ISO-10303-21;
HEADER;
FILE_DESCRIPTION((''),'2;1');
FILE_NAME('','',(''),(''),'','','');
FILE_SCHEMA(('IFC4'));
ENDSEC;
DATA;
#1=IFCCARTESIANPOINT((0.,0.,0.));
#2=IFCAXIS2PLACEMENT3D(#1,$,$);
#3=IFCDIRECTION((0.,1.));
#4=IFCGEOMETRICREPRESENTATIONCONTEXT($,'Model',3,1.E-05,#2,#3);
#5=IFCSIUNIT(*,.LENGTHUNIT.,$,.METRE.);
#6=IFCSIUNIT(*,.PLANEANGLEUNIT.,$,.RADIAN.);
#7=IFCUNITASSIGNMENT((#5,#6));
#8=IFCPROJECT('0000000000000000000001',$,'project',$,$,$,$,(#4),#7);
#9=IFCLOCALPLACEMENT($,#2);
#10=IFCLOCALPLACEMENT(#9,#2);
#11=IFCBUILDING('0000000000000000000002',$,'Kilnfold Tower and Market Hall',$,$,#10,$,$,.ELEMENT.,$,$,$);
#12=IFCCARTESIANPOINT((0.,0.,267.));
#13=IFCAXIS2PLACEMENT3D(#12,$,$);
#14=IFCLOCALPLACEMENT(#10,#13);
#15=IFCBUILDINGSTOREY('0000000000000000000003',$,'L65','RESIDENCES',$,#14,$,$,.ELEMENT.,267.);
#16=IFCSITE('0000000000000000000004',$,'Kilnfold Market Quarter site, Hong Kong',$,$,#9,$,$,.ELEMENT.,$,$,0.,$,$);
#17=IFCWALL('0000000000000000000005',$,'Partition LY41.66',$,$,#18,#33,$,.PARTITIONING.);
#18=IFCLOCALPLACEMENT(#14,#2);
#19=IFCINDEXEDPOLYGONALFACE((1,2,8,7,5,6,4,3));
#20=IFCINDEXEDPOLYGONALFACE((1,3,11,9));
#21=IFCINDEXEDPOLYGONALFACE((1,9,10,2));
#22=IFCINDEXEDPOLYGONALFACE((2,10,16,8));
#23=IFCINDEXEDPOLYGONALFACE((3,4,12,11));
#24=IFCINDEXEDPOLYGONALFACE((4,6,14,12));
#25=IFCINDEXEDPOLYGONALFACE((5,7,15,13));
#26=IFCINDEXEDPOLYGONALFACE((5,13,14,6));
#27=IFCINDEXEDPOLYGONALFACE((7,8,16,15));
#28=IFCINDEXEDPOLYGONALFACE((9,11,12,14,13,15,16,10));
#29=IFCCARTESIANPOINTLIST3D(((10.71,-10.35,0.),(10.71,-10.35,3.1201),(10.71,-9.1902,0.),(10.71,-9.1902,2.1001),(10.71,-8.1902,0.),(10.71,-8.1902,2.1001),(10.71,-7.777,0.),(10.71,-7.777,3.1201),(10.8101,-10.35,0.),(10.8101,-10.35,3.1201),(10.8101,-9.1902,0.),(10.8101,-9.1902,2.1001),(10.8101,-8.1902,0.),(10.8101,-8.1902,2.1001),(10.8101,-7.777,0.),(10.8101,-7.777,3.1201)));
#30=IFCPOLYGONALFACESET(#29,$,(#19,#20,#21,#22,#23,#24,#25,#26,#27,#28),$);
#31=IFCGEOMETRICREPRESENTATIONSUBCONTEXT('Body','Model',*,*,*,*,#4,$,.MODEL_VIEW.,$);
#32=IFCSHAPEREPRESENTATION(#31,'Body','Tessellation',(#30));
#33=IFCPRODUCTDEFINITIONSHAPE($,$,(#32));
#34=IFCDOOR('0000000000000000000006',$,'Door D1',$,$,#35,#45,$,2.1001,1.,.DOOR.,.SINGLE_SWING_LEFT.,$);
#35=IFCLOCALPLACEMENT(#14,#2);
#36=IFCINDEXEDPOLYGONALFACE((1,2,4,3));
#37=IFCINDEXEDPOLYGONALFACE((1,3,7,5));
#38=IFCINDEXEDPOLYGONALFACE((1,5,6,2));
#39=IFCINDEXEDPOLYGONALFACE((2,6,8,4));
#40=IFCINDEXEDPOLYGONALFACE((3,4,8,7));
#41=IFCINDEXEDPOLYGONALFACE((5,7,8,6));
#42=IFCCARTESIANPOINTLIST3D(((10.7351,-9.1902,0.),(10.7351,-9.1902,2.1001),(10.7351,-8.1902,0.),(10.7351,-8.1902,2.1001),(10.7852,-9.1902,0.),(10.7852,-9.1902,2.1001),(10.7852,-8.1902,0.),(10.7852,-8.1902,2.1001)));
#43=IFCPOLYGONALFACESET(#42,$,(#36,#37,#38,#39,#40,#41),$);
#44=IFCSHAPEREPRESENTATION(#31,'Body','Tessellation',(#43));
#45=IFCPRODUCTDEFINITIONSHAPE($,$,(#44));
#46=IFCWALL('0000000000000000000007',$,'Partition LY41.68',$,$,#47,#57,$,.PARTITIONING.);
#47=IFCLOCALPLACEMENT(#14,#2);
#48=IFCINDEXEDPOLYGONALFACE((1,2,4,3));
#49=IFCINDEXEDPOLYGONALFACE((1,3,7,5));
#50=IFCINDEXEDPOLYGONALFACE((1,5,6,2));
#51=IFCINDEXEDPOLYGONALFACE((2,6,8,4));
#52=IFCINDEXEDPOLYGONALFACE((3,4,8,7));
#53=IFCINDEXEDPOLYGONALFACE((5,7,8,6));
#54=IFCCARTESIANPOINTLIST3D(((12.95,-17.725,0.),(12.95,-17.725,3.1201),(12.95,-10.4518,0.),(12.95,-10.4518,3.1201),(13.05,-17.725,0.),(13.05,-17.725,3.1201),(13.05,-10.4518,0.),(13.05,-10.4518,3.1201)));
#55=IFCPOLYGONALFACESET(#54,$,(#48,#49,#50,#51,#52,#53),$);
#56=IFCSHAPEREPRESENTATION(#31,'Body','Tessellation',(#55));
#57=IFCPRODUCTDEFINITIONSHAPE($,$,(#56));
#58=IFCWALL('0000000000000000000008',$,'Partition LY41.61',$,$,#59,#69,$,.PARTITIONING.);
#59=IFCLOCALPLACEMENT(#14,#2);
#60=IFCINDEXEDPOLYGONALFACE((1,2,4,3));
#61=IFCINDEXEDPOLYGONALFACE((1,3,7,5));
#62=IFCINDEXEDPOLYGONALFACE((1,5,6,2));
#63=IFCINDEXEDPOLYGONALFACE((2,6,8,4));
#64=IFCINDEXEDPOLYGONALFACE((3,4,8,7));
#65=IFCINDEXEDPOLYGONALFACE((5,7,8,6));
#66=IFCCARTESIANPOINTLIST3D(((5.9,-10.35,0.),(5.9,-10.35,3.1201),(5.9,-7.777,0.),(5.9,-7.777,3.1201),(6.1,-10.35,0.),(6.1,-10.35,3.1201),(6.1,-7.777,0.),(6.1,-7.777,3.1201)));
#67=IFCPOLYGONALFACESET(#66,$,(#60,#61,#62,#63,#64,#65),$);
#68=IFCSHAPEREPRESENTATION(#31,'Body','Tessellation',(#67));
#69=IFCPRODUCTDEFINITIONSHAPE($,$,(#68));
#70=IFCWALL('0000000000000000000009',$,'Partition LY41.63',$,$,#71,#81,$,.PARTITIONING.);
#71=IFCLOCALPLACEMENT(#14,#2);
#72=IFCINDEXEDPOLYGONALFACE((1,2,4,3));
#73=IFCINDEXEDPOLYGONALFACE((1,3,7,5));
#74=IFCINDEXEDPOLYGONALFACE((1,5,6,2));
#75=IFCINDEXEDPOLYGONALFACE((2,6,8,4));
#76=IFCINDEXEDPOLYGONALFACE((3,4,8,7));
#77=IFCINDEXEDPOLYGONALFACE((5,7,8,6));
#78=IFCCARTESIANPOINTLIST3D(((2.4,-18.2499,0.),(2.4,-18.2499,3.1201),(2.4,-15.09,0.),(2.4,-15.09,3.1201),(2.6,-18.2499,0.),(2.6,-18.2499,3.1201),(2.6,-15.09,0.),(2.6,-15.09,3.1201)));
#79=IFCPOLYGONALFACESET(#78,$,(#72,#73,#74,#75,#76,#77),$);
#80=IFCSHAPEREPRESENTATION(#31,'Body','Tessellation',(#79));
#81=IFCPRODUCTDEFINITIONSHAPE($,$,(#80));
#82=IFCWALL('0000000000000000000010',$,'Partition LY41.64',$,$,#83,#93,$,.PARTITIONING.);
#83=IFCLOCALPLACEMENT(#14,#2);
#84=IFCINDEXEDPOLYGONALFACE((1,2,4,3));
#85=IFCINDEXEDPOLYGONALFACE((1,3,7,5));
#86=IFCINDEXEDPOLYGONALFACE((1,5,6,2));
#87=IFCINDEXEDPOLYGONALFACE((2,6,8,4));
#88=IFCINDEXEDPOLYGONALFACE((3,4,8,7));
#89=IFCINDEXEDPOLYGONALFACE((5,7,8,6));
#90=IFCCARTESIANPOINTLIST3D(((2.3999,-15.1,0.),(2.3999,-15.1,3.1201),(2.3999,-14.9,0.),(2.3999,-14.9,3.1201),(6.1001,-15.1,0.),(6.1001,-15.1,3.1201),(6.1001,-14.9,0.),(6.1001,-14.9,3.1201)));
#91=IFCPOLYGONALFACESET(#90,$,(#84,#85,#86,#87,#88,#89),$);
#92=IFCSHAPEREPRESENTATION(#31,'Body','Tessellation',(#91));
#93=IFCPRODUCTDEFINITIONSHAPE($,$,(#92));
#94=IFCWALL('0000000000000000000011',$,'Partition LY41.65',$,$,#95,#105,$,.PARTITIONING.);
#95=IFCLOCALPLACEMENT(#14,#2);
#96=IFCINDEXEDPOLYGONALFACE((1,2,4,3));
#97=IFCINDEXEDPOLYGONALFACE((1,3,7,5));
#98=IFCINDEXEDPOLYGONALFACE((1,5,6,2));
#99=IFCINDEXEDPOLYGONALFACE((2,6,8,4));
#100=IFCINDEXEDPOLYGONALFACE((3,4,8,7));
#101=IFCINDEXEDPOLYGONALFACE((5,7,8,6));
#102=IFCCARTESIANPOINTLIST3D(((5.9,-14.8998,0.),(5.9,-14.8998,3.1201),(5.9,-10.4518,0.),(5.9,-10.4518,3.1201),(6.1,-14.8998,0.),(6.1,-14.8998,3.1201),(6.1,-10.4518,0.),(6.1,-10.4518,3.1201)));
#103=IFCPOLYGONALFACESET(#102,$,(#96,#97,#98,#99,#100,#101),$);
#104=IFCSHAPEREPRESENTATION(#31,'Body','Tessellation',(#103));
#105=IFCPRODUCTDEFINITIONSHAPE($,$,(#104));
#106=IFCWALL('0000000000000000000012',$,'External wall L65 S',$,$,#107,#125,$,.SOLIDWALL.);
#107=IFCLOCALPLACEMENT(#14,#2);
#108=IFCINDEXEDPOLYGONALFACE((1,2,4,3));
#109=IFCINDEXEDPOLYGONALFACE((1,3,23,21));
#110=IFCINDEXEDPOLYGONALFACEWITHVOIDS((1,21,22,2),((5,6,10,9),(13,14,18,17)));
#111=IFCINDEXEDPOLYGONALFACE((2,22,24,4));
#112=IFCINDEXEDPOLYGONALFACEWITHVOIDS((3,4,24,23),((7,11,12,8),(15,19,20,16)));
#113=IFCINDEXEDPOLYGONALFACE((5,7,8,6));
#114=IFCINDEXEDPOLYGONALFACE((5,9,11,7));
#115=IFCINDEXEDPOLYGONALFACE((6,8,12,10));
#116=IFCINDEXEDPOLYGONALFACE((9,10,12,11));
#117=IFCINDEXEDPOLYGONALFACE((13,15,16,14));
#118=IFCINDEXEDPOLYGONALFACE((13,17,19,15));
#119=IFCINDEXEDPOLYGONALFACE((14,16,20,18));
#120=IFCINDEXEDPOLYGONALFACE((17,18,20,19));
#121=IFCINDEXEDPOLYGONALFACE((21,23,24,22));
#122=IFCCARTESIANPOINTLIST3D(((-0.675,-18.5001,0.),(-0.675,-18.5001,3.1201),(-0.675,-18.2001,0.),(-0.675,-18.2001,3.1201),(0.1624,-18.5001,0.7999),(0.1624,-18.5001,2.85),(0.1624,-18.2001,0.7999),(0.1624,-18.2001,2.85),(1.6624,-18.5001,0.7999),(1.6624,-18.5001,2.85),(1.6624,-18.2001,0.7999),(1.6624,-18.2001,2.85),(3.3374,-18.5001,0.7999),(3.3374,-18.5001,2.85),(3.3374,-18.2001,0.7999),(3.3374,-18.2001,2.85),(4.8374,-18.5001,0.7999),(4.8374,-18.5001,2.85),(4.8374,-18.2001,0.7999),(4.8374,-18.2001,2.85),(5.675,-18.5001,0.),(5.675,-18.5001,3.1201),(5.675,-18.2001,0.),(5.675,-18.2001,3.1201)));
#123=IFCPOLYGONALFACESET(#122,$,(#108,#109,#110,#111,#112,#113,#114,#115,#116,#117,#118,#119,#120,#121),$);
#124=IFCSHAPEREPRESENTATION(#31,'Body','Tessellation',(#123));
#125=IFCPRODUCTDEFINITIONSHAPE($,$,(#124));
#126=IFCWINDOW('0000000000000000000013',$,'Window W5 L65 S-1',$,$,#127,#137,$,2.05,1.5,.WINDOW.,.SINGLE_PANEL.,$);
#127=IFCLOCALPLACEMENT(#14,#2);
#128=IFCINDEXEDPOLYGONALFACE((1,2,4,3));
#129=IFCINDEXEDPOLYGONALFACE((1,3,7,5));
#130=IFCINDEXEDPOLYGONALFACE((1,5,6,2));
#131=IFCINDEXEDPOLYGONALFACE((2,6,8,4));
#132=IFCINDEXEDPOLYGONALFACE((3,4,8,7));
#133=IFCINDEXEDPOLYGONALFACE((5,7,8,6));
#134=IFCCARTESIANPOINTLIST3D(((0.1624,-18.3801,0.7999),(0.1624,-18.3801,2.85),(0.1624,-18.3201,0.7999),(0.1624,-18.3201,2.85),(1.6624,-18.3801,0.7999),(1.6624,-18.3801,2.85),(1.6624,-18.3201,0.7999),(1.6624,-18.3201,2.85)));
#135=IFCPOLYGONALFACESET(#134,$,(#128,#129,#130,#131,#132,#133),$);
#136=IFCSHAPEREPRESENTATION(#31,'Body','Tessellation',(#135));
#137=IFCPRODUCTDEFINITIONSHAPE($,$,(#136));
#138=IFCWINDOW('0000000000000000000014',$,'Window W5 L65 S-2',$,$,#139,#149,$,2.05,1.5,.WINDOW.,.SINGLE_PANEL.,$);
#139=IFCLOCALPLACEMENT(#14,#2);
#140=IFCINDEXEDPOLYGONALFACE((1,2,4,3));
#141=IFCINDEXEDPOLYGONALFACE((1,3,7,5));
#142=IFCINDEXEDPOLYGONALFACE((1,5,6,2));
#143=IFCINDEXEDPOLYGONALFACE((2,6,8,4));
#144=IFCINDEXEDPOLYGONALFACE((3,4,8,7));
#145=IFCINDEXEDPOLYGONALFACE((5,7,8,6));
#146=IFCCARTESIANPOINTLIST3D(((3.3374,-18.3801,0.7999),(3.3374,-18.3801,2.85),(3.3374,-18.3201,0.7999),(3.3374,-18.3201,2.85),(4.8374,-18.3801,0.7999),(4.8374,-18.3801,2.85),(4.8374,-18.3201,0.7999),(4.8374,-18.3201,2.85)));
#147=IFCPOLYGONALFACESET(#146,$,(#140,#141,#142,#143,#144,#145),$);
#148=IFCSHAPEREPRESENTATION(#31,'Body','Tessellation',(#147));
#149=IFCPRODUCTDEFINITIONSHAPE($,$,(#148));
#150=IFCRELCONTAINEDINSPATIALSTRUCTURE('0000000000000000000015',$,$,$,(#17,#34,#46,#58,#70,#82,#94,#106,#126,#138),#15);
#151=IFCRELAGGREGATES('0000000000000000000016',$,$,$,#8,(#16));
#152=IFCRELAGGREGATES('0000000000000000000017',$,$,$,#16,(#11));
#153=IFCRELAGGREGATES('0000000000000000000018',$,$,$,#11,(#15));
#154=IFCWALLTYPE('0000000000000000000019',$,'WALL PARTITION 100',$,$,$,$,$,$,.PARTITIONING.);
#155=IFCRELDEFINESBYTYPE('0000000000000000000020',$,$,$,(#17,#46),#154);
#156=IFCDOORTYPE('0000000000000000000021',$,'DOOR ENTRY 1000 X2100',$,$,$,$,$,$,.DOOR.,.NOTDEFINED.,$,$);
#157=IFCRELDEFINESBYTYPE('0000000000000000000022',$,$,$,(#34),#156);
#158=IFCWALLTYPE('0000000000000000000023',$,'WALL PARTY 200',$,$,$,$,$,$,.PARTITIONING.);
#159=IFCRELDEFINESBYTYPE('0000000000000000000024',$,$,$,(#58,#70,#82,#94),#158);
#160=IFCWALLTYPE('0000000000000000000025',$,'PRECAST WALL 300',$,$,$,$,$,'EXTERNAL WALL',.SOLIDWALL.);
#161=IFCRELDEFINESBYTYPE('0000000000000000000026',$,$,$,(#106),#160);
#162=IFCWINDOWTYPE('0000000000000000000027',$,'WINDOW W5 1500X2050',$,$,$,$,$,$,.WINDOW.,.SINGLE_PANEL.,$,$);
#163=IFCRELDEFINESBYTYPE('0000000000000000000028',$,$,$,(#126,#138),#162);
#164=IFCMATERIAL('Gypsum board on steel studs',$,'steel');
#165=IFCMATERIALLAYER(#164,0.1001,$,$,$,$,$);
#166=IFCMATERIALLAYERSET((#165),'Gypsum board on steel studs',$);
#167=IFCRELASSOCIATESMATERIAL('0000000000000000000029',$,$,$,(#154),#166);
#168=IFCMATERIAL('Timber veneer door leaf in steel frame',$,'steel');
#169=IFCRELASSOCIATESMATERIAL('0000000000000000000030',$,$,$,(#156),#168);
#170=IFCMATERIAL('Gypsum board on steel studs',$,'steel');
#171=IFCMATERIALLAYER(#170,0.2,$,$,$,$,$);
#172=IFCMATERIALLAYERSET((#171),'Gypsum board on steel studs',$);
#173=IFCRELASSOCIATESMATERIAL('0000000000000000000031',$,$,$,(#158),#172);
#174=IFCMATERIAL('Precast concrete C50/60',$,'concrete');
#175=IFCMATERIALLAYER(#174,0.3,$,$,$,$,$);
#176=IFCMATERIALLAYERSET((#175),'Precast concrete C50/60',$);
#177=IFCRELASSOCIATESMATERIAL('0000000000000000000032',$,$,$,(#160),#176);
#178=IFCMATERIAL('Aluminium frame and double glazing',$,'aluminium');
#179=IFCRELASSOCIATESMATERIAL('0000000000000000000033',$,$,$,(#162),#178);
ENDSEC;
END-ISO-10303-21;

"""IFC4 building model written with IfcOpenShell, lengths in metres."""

from ifc_helpers import new_model, si_unit, direction, frame, frame_2d, origin, place, context, subcontext, project, spatial, rectangle, extrude, source, transform, mapped, material, layer, layer_set, type_object, element, fill, save


model = new_model("IFC4")

# Units and contexts
model_context = context("Model", 3, precision=1e-05, world=origin(), true_north=direction((0.0, 1.0)))
body_context = subcontext(model_context, "Body", "Model", "MODEL_VIEW")
ifc_project = project(units=[si_unit("LENGTHUNIT", "METRE"), si_unit("PLANEANGLEUNIT", "RADIAN")], contexts=[model_context])

# Site, building, storey
site_placement = place(None, origin())
site = spatial("IfcSite", under=ifc_project, at=site_placement, Name="Kilnfold Market Quarter site, Hong Kong", CompositionType="ELEMENT", RefElevation=0.0)
building_placement = place(site_placement, origin())
building = spatial("IfcBuilding", under=site, at=building_placement, Name="Kilnfold Tower and Market Hall", CompositionType="ELEMENT")
storey_placement = place(building_placement, frame((0.0, 0.0, 267.0)))
storey = spatial("IfcBuildingStorey", under=building, at=storey_placement, Name="L65", Description="RESIDENCES", CompositionType="ELEMENT", Elevation=267.0)

# Wall, opening, door
ifc_material_1 = material(Name="Gypsum board on steel studs", Category="steel")
ifc_layer_1 = layer(ifc_material_1, 0.1001)
ifc_layer_set_1 = layer_set([ifc_layer_1], Name="Gypsum board on steel studs")
wall_type_1 = type_object("IfcWallType", Name="WALL PARTITION 100", PredefinedType="PARTITIONING", material=ifc_layer_set_1)
ifc_material_2 = material(Name="Timber veneer door leaf in steel frame", Category="steel")
door_type_1 = type_object("IfcDoorType", Name="DOOR ENTRY 1000 X2100", OperationType="NOTDEFINED", PredefinedType="DOOR", material=ifc_material_2)
wall_1_placement = place(storey_placement, frame((10.76, -10.3501, 0.0), z_axis=(0.0, 0.0, 1.0), x_axis=(0.0, 1.0, 0.0)))
wall_1 = element("IfcWall", 1, at=wall_1_placement, inside=storey, type_object=wall_type_1, Name="Partition LY41.66", PredefinedType="PARTITIONING", context=body_context, shape_type="SweptSolid", body=[
    extrude(rectangle(XDim=2.573, YDim=0.1001, at=frame_2d((1.2866, 0.0))), origin(), (0.0, 0.0, 1.0), 3.1201),
])
opening_1_placement = place(wall_1_placement, frame((1.1599, 0.0, 0.0)))
opening_1 = element("IfcOpeningElement", 2, at=opening_1_placement, cuts=wall_1, PredefinedType="OPENING", context=body_context, shape_type="SweptSolid", body=[
    extrude(rectangle(XDim=1.0, YDim=2.1001, at=frame_2d((0.5, 1.05))), frame((0.0, 0.0601, 0.0), z_axis=(0.0, -1.0, 0.0), x_axis=(1.0, 0.0, 0.0)), (0.0, 0.0, 1.0), 0.1201),
])
door_1_placement = place(opening_1_placement, origin())
door_1 = element("IfcDoor", 3, at=door_1_placement, inside=storey, type_object=door_type_1, Name="Door D1", OperationType="SINGLE_SWING_LEFT", OverallHeight=2.1001, OverallWidth=1.0, PredefinedType="DOOR", context=body_context, shape_type="SweptSolid", body=[
    extrude(rectangle(XDim=1.0, YDim=2.1001, at=frame_2d((0.5, 1.05))), frame((0.0, 0.0249, 0.0), z_axis=(0.0, -1.0, 0.0), x_axis=(1.0, 0.0, 0.0)), (0.0, 0.0, 1.0), 0.05),
])
fill(opening_1, door_1)

# Walls
wall_2_placement = place(storey_placement, frame((13.0, -17.7251, 0.0), z_axis=(0.0, 0.0, 1.0), x_axis=(0.0, 1.0, 0.0)))
element("IfcWall", 4, at=wall_2_placement, inside=storey, type_object=wall_type_1, Name="Partition LY41.68", PredefinedType="PARTITIONING", context=body_context, shape_type="SweptSolid", body=[
    extrude(rectangle(XDim=7.2732, YDim=0.1001, at=frame_2d((3.6367, 0.0))), origin(), (0.0, 0.0, 1.0), 3.1201),
])
ifc_material_3 = material(Name="Gypsum board on steel studs", Category="steel")
ifc_layer_2 = layer(ifc_material_3, 0.2)
ifc_layer_set_2 = layer_set([ifc_layer_2], Name="Gypsum board on steel studs")
wall_type_2 = type_object("IfcWallType", Name="WALL PARTY 200", PredefinedType="PARTITIONING", material=ifc_layer_set_2)
wall_3_placement = place(storey_placement, frame((6.0, -10.3501, 0.0), z_axis=(0.0, 0.0, 1.0), x_axis=(0.0, 1.0, 0.0)))
element("IfcWall", 5, at=wall_3_placement, inside=storey, type_object=wall_type_2, Name="Partition LY41.61", PredefinedType="PARTITIONING", context=body_context, shape_type="SweptSolid", body=[
    extrude(rectangle(XDim=2.573, YDim=0.2, at=frame_2d((1.2866, 0.0))), origin(), (0.0, 0.0, 1.0), 3.1201),
])
wall_4_placement = place(storey_placement, frame((2.5, -18.25, 0.0), z_axis=(0.0, 0.0, 1.0), x_axis=(0.0, 1.0, 0.0)))
element("IfcWall", 6, at=wall_4_placement, inside=storey, type_object=wall_type_2, Name="Partition LY41.63", PredefinedType="PARTITIONING", context=body_context, shape_type="SweptSolid", body=[
    extrude(rectangle(XDim=3.1599, YDim=0.2, at=frame_2d((1.5801, 0.0))), origin(), (0.0, 0.0, 1.0), 3.1201),
])
wall_5_placement = place(storey_placement, frame((2.3999, -15.0, 0.0), z_axis=(0.0, 0.0, 1.0), x_axis=(1.0, 0.0, 0.0)))
element("IfcWall", 7, at=wall_5_placement, inside=storey, type_object=wall_type_2, Name="Partition LY41.64", PredefinedType="PARTITIONING", context=body_context, shape_type="SweptSolid", body=[
    extrude(rectangle(XDim=3.7002, YDim=0.2, at=frame_2d((1.8501, 0.0))), origin(), (0.0, 0.0, 1.0), 3.1201),
])
wall_6_placement = place(storey_placement, frame((6.0, -14.8999, 0.0), z_axis=(0.0, 0.0, 1.0), x_axis=(0.0, 1.0, 0.0)))
element("IfcWall", 8, at=wall_6_placement, inside=storey, type_object=wall_type_2, Name="Partition LY41.65", PredefinedType="PARTITIONING", context=body_context, shape_type="SweptSolid", body=[
    extrude(rectangle(XDim=4.448, YDim=0.2, at=frame_2d((2.2241, 0.0))), origin(), (0.0, 0.0, 1.0), 3.1201),
])

# Wall, openings, windows
ifc_material_4 = material(Name="Precast concrete C50/60", Category="concrete")
ifc_layer_3 = layer(ifc_material_4, 0.3)
ifc_layer_set_3 = layer_set([ifc_layer_3], Name="Precast concrete C50/60")
wall_type_3 = type_object("IfcWallType", Name="PRECAST WALL 300", ElementType="EXTERNAL WALL", PredefinedType="SOLIDWALL", material=ifc_layer_set_3)
shared_shape_1 = source(origin(), body_context, "Body", "SweptSolid", [
    extrude(rectangle(XDim=6.3501, YDim=0.3, at=frame_2d((3.175, 0.0))), origin(), (0.0, 0.0, 1.0), 3.1201),
])
wall_7_placement = place(storey_placement, frame((-0.675, -18.3501, 0.0), z_axis=(0.0, 0.0, 1.0), x_axis=(1.0, 0.0, 0.0)))
wall_7 = element("IfcWall", 9, at=wall_7_placement, inside=storey, type_object=wall_type_3, Name="External wall L65 S", PredefinedType="SOLIDWALL", context=body_context, shape_type="MappedRepresentation", body=[
    mapped(shared_shape_1, transform((0.0, 0.0, 0.0))),
])
opening_2_placement = place(wall_7_placement, frame((0.8374, 0.0, 0.8)))
opening_2 = element("IfcOpeningElement", 10, at=opening_2_placement, cuts=wall_7, PredefinedType="OPENING", context=body_context, shape_type="SweptSolid", body=[
    extrude(rectangle(XDim=1.5, YDim=2.05, at=frame_2d((0.75, 1.0249))), frame((0.0, 0.1602, 0.0), z_axis=(0.0, -1.0, 0.0), x_axis=(1.0, 0.0, 0.0)), (0.0, 0.0, 1.0), 0.3201),
])
opening_3_placement = place(wall_7_placement, frame((4.0125, 0.0, 0.8)))
opening_3 = element("IfcOpeningElement", 11, at=opening_3_placement, cuts=wall_7, PredefinedType="OPENING", context=body_context, shape_type="SweptSolid", body=[
    extrude(rectangle(XDim=1.5, YDim=2.05, at=frame_2d((0.75, 1.0249))), frame((0.0, 0.1602, 0.0), z_axis=(0.0, -1.0, 0.0), x_axis=(1.0, 0.0, 0.0)), (0.0, 0.0, 1.0), 0.3201),
])
ifc_material_5 = material(Name="Aluminium frame and double glazing", Category="aluminium")
window_type = type_object("IfcWindowType", Name="WINDOW W5 1500X2050", PartitioningType="SINGLE_PANEL", PredefinedType="WINDOW", material=ifc_material_5)
window_1_placement = place(opening_2_placement, origin())
window_1 = element("IfcWindow", 12, at=window_1_placement, inside=storey, type_object=window_type, Name="Window W5 L65 S-1", OverallHeight=2.05, OverallWidth=1.5, PartitioningType="SINGLE_PANEL", PredefinedType="WINDOW", context=body_context, shape_type="SweptSolid", body=[
    extrude(rectangle(XDim=1.5, YDim=2.05, at=frame_2d((0.75, 1.0249))), frame((0.0, 0.03, 0.0), z_axis=(0.0, -1.0, 0.0), x_axis=(1.0, 0.0, 0.0)), (0.0, 0.0, 1.0), 0.0601),
])
fill(opening_2, window_1)
window_2_placement = place(opening_3_placement, origin())
window_2 = element("IfcWindow", 13, at=window_2_placement, inside=storey, type_object=window_type, Name="Window W5 L65 S-2", OverallHeight=2.05, OverallWidth=1.5, PartitioningType="SINGLE_PANEL", PredefinedType="WINDOW", context=body_context, shape_type="SweptSolid", body=[
    extrude(rectangle(XDim=1.5, YDim=2.05, at=frame_2d((0.75, 1.0249))), frame((0.0, 0.03, 0.0), z_axis=(0.0, -1.0, 0.0), x_axis=(1.0, 0.0, 0.0)), (0.0, 0.0, 1.0), 0.0601),
])
fill(opening_3, window_2)

save(model, "model.ifc")
